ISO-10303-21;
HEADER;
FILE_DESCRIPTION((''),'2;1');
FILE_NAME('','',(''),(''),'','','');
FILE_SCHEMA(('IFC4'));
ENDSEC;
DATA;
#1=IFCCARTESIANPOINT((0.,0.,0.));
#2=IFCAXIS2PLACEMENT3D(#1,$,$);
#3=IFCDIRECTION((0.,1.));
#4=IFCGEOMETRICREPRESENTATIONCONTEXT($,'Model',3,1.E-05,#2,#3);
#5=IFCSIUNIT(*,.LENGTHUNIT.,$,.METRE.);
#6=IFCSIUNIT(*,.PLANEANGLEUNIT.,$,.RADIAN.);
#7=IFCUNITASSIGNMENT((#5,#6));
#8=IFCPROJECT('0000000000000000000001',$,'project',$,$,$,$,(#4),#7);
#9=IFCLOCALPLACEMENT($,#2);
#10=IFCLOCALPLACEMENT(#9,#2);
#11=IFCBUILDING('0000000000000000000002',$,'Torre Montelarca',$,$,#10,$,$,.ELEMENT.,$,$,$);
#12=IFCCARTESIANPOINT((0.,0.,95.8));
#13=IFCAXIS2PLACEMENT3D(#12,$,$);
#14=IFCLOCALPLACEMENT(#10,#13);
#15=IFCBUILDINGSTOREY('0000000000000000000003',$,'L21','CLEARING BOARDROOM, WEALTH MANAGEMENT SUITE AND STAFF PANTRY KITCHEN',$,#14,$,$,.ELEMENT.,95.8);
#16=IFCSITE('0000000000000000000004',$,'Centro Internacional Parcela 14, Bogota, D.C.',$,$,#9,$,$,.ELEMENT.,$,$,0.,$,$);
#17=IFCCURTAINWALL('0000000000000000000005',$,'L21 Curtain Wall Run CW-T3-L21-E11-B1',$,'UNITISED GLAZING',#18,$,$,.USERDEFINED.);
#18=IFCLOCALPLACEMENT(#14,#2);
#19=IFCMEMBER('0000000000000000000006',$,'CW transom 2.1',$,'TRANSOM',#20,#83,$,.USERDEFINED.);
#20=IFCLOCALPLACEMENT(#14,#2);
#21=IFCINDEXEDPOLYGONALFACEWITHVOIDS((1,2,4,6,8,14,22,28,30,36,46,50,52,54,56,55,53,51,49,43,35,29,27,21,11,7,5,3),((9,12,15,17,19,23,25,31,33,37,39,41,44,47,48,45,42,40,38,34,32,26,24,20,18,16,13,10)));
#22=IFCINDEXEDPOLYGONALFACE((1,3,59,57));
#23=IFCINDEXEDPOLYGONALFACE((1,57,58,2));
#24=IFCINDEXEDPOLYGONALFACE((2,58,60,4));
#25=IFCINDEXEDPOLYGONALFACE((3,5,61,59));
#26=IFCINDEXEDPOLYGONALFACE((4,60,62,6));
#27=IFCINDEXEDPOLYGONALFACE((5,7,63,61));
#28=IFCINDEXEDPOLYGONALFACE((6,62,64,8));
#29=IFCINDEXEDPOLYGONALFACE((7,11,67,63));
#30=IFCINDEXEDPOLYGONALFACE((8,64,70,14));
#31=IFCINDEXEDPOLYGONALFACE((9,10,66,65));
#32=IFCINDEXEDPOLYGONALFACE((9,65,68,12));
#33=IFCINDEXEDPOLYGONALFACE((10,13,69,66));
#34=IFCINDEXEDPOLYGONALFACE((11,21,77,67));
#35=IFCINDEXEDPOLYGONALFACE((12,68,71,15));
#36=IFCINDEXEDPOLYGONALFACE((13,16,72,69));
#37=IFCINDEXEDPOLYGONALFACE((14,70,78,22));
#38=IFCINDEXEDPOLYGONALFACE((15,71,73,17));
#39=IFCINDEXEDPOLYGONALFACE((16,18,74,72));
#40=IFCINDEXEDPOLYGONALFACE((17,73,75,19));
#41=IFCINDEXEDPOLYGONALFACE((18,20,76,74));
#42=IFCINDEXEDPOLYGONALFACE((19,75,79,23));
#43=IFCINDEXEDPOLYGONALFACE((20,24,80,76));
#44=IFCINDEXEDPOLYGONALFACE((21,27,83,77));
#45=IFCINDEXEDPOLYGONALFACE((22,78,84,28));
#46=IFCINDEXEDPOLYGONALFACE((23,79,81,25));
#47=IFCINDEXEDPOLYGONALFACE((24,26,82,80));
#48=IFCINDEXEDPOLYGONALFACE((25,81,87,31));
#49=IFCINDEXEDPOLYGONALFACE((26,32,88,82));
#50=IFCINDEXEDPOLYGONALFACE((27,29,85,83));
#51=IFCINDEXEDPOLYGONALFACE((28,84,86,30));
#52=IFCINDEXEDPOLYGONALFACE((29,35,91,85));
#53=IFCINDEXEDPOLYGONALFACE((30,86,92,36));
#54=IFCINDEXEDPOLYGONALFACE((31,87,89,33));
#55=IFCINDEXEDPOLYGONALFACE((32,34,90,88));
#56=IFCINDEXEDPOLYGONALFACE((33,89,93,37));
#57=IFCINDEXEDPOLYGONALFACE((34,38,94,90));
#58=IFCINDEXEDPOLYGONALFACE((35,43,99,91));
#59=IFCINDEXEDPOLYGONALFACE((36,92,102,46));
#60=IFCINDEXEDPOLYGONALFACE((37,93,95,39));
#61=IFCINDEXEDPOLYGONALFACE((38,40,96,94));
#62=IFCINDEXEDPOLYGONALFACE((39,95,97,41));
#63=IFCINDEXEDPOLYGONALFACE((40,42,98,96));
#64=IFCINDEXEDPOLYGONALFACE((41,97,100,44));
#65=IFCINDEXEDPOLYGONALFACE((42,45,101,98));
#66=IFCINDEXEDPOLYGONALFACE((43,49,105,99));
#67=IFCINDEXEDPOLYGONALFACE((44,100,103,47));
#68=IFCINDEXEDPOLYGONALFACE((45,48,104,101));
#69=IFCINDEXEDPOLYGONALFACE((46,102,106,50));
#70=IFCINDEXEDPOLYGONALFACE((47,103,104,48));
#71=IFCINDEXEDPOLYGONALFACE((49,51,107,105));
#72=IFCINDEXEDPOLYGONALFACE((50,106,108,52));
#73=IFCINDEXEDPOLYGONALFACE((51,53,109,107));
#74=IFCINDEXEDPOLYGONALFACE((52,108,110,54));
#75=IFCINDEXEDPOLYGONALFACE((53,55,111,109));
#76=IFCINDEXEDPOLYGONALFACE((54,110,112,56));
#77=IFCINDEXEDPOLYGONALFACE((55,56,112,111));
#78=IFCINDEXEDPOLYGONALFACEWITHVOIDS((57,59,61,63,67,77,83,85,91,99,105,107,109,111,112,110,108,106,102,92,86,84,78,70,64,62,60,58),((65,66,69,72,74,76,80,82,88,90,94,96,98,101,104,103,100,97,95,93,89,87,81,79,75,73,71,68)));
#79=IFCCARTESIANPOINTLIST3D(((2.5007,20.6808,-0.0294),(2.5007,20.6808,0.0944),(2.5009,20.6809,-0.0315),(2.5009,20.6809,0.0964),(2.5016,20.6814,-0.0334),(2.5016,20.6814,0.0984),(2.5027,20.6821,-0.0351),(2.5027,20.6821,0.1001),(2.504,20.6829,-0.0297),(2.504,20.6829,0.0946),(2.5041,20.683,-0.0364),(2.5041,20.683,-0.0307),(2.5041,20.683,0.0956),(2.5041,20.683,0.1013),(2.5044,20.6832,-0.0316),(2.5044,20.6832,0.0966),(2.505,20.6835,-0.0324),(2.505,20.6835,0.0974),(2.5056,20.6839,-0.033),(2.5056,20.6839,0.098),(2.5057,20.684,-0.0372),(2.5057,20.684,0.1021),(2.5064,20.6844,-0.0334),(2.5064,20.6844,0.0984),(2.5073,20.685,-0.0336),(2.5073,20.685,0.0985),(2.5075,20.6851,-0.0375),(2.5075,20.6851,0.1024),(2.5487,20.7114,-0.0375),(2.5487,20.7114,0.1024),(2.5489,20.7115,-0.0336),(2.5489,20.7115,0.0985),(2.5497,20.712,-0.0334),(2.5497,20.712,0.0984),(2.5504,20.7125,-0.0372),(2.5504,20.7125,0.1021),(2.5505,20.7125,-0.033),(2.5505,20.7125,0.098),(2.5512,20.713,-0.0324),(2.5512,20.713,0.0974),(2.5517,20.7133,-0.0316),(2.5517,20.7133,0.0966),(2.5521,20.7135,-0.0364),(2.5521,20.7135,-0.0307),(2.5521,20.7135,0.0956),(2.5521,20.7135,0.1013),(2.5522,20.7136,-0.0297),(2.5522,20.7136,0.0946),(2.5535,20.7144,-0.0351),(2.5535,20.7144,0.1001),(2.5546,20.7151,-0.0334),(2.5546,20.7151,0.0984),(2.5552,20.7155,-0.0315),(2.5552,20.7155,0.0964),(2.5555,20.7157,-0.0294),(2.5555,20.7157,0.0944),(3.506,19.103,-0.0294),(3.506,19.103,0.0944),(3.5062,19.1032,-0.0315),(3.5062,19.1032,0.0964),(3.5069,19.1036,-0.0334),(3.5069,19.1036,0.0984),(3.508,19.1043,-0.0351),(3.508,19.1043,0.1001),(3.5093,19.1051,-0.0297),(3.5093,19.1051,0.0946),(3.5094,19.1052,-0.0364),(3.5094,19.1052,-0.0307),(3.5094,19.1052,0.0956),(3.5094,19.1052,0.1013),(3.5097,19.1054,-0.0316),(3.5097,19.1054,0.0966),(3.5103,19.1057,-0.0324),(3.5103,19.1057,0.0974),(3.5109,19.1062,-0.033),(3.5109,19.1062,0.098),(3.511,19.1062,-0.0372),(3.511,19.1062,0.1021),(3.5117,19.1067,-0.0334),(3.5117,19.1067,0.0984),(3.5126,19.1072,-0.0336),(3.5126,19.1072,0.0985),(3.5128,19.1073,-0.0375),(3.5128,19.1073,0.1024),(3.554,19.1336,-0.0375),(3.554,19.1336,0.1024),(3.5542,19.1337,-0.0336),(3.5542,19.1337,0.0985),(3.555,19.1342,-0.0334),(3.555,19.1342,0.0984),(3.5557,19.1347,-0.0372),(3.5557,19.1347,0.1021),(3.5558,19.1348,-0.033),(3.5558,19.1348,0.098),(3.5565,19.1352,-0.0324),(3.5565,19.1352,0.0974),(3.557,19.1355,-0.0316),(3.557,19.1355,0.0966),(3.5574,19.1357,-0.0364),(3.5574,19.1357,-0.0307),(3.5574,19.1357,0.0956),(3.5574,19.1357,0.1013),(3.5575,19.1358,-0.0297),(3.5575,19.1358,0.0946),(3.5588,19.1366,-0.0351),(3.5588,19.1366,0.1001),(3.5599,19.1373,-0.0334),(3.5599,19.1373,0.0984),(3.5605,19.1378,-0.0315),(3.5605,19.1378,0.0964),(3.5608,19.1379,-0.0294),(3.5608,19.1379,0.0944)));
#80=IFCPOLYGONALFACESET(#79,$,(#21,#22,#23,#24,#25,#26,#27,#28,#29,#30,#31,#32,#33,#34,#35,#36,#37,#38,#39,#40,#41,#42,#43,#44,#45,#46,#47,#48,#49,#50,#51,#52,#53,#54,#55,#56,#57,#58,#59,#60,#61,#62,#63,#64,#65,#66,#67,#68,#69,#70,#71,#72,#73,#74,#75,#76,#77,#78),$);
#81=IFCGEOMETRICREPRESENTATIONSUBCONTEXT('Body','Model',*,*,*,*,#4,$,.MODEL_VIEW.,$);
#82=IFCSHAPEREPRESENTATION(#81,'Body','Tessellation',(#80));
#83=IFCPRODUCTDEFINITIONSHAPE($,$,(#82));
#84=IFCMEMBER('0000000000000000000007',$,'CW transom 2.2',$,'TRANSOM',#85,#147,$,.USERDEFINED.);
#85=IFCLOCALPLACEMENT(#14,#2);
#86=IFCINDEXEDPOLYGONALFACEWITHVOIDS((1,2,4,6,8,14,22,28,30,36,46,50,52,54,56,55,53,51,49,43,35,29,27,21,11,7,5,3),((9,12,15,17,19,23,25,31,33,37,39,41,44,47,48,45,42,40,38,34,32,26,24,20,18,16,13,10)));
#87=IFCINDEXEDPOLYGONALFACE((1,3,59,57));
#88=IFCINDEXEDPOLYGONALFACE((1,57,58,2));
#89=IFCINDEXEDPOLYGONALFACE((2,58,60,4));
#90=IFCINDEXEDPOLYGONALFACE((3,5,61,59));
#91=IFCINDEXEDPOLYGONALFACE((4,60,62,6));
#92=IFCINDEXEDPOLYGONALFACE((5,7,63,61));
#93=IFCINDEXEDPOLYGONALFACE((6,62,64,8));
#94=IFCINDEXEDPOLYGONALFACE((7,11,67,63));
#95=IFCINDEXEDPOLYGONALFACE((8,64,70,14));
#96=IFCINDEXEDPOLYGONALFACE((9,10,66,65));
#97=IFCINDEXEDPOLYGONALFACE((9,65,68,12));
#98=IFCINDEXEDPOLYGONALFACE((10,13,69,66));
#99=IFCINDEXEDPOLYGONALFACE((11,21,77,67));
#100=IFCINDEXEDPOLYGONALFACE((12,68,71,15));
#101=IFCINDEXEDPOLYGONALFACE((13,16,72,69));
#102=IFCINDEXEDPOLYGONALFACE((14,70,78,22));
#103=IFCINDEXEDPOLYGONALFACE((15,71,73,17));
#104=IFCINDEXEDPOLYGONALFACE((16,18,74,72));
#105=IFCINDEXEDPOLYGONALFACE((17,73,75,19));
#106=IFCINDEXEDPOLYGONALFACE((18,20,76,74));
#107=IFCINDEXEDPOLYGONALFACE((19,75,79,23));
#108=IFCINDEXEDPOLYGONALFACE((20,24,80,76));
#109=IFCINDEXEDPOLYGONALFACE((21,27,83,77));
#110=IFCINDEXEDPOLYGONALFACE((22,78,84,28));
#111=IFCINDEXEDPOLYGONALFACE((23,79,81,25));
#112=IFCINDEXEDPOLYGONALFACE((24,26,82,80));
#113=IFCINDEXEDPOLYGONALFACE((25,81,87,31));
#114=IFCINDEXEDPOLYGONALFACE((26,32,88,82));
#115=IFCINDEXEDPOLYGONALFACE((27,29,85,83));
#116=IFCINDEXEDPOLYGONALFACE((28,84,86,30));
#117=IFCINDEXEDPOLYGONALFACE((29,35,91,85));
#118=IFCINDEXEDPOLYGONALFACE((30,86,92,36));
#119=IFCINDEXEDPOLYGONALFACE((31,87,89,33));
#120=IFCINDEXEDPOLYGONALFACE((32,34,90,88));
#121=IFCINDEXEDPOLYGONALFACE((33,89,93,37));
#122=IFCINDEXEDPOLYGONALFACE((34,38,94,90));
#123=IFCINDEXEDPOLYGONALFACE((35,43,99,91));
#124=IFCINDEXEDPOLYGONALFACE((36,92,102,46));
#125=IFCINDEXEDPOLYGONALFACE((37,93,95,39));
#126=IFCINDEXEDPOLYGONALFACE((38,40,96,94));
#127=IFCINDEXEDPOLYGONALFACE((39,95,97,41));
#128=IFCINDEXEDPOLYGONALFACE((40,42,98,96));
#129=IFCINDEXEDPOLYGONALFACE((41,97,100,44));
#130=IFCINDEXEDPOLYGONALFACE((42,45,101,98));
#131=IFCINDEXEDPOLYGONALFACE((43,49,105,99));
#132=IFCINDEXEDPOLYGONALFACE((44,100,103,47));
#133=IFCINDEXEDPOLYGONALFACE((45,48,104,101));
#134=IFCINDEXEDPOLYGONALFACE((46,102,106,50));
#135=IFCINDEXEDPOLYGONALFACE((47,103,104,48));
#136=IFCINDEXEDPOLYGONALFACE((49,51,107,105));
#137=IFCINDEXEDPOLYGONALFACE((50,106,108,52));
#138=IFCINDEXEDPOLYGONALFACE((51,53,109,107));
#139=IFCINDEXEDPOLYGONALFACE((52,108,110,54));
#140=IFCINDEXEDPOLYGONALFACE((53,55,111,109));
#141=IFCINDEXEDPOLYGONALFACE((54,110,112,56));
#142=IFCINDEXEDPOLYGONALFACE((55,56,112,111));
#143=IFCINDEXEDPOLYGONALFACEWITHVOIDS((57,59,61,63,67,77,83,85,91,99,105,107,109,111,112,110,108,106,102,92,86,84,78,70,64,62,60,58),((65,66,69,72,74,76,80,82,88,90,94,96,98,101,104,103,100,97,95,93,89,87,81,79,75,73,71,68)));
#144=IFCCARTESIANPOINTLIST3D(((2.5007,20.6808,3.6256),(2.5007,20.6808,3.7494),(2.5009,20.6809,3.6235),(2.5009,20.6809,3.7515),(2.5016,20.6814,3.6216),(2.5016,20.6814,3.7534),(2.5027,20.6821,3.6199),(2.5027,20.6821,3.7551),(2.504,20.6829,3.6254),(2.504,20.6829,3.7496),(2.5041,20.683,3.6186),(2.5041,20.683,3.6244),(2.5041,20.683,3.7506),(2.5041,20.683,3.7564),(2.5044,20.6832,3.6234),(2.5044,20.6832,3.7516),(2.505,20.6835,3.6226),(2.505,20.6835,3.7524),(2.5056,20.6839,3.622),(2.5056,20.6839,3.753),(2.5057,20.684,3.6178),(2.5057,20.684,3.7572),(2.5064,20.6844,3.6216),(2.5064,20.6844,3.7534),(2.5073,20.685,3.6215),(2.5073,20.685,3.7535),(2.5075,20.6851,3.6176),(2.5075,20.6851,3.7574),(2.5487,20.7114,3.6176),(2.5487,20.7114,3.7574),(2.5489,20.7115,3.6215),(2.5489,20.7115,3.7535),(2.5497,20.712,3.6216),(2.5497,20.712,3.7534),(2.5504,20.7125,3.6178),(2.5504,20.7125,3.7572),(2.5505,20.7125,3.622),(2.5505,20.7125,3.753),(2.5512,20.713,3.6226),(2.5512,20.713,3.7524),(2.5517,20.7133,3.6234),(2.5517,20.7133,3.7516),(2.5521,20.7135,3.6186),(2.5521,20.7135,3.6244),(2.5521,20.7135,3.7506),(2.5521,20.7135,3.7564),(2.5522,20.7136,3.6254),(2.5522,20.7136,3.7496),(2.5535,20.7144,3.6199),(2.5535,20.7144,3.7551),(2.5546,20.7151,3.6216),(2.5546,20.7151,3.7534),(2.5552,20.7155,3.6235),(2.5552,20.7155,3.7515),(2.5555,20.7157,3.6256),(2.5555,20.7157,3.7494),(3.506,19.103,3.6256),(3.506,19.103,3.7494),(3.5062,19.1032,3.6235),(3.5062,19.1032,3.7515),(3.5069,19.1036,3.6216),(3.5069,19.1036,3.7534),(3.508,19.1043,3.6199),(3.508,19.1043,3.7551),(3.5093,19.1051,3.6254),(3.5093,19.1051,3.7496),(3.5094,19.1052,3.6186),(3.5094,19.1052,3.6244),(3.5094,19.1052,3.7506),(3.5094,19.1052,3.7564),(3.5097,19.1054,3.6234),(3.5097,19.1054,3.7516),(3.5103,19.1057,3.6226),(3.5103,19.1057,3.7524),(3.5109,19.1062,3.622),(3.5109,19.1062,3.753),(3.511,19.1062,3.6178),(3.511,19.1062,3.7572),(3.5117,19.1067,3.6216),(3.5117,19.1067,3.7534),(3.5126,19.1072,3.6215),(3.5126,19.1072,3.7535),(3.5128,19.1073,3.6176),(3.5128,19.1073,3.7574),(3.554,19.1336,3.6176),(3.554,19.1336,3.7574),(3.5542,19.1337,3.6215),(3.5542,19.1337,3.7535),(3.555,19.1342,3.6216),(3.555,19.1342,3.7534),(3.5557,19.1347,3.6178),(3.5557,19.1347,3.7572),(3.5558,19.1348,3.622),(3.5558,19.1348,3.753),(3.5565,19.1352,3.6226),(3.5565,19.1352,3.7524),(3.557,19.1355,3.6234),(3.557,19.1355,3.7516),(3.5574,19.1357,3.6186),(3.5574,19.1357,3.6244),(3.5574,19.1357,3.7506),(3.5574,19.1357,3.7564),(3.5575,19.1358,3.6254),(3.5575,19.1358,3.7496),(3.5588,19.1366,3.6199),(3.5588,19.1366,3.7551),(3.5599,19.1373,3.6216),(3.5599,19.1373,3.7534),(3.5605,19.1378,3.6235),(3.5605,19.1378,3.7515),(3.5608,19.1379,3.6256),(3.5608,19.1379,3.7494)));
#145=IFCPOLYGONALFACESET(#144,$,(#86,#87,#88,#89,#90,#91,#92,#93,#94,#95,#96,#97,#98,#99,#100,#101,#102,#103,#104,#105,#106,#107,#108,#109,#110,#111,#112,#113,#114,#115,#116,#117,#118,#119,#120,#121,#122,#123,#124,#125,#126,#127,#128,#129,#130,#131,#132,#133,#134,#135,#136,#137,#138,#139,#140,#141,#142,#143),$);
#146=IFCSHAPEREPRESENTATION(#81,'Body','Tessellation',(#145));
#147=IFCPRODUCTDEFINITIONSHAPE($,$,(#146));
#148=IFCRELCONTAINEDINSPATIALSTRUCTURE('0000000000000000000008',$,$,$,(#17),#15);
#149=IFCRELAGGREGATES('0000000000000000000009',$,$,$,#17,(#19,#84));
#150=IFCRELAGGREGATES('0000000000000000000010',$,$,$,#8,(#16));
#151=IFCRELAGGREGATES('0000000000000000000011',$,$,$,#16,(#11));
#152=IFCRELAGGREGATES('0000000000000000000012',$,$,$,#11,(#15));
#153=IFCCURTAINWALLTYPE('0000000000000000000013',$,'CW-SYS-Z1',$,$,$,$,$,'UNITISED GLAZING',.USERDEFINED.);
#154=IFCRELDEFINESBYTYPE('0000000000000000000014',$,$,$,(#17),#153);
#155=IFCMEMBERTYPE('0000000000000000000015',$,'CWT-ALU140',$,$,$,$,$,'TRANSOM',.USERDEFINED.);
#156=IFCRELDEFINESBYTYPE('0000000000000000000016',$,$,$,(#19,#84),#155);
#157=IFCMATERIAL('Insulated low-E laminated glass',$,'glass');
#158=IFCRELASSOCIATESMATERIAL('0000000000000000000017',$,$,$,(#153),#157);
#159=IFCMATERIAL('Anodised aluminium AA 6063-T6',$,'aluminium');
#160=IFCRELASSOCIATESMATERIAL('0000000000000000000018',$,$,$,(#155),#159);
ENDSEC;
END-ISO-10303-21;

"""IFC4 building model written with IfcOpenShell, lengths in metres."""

from ifc_helpers import new_model, si_unit, direction, frame, origin, origin_2d, place, context, subcontext, project, spatial, hollow_rectangle, extrude, source, transform, mapped, material, material_profile, profile_set, type_object, element, aggregate, save


model = new_model("IFC4")

# Units and contexts
model_context = context("Model", 3, precision=1e-05, world=origin(), true_north=direction((0.0, 1.0)))
body_context = subcontext(model_context, "Body", "Model", "MODEL_VIEW")
ifc_project = project(units=[si_unit("LENGTHUNIT", "METRE"), si_unit("PLANEANGLEUNIT", "RADIAN")], contexts=[model_context])

# Site, building, storey
site_placement = place(None, origin())
site = spatial("IfcSite", under=ifc_project, at=site_placement, Name="Centro Internacional Parcela 14, Bogota, D.C.", CompositionType="ELEMENT", RefElevation=0.0)
building_placement = place(site_placement, origin())
building = spatial("IfcBuilding", under=site, at=building_placement, Name="Torre Montelarca", CompositionType="ELEMENT")
storey_placement = place(building_placement, frame((0.0, 0.0, 95.8)))
storey = spatial("IfcBuildingStorey", under=building, at=storey_placement, Name="L21", Description="CLEARING BOARDROOM, WEALTH MANAGEMENT SUITE AND STAFF PANTRY KITCHEN", CompositionType="ELEMENT", Elevation=95.8)

# Curtain wall, members
ifc_material_1 = material(Name="Insulated low-E laminated glass", Category="glass")
curtain_wall_type = type_object("IfcCurtainWallType", Name="CW-SYS-Z1", ElementType="UNITISED GLAZING", PredefinedType="USERDEFINED", material=ifc_material_1)
ifc_material_2 = material(Name="Anodised aluminium AA 6063-T6", Category="aluminium")
ifc_material_profile_1 = material_profile(ifc_material_2, hollow_rectangle(XDim=0.0649, YDim=0.1399, WallThickness=0.0039, InnerFilletRadius=0.0039, OuterFilletRadius=0.0081, at=origin_2d()), Name="ALU65X140X4", Category="aluminium")
ifc_profile_set_1 = profile_set([ifc_material_profile_1], Name="Anodised aluminium AA 6063-T6")
member_type_1 = type_object("IfcMemberType", Name="CWT-ALU140", ElementType="TRANSOM", PredefinedType="USERDEFINED", material=ifc_profile_set_1)
curtain_wall_1_placement = place(storey_placement, origin())
curtain_wall_1 = element("IfcCurtainWall", 1, at=curtain_wall_1_placement, inside=storey, type_object=curtain_wall_type, Name="L21 Curtain Wall Run CW-T3-L21-E11-B1", ObjectType="UNITISED GLAZING", PredefinedType="USERDEFINED")
shared_shape_1 = source(origin(), body_context, "Body", "SweptSolid", [
    extrude(hollow_rectangle(XDim=0.0649, YDim=0.1399, WallThickness=0.0039, InnerFilletRadius=0.0039, OuterFilletRadius=0.0081, at=origin_2d()), origin(), (0.0, 0.0, 1.0), 1.8708),
])
member_1_placement = place(storey_placement, frame((2.5281, 20.6982, 0.0325), z_axis=(0.537357, -0.843355, 0.0), x_axis=(0.843355, 0.537357, 0.0)))
member_1 = element("IfcMember", 2, at=member_1_placement, type_object=member_type_1, Name="CW transom 2.1", ObjectType="TRANSOM", PredefinedType="USERDEFINED", context=body_context, shape_type="MappedRepresentation", body=[
    mapped(shared_shape_1, transform((0.0, 0.0, 0.0), scale=1.0)),
])
member_2_placement = place(storey_placement, frame((2.5281, 20.6982, 3.6875), z_axis=(0.537357, -0.843355, 0.0), x_axis=(0.843355, 0.537357, 0.0)))
member_2 = element("IfcMember", 3, at=member_2_placement, type_object=member_type_1, Name="CW transom 2.2", ObjectType="TRANSOM", PredefinedType="USERDEFINED", context=body_context, shape_type="MappedRepresentation", body=[
    mapped(shared_shape_1, transform((0.0, 0.0, 0.0), scale=1.0)),
])

aggregate(curtain_wall_1, [member_1, member_2])

save(model, "model.ifc")
